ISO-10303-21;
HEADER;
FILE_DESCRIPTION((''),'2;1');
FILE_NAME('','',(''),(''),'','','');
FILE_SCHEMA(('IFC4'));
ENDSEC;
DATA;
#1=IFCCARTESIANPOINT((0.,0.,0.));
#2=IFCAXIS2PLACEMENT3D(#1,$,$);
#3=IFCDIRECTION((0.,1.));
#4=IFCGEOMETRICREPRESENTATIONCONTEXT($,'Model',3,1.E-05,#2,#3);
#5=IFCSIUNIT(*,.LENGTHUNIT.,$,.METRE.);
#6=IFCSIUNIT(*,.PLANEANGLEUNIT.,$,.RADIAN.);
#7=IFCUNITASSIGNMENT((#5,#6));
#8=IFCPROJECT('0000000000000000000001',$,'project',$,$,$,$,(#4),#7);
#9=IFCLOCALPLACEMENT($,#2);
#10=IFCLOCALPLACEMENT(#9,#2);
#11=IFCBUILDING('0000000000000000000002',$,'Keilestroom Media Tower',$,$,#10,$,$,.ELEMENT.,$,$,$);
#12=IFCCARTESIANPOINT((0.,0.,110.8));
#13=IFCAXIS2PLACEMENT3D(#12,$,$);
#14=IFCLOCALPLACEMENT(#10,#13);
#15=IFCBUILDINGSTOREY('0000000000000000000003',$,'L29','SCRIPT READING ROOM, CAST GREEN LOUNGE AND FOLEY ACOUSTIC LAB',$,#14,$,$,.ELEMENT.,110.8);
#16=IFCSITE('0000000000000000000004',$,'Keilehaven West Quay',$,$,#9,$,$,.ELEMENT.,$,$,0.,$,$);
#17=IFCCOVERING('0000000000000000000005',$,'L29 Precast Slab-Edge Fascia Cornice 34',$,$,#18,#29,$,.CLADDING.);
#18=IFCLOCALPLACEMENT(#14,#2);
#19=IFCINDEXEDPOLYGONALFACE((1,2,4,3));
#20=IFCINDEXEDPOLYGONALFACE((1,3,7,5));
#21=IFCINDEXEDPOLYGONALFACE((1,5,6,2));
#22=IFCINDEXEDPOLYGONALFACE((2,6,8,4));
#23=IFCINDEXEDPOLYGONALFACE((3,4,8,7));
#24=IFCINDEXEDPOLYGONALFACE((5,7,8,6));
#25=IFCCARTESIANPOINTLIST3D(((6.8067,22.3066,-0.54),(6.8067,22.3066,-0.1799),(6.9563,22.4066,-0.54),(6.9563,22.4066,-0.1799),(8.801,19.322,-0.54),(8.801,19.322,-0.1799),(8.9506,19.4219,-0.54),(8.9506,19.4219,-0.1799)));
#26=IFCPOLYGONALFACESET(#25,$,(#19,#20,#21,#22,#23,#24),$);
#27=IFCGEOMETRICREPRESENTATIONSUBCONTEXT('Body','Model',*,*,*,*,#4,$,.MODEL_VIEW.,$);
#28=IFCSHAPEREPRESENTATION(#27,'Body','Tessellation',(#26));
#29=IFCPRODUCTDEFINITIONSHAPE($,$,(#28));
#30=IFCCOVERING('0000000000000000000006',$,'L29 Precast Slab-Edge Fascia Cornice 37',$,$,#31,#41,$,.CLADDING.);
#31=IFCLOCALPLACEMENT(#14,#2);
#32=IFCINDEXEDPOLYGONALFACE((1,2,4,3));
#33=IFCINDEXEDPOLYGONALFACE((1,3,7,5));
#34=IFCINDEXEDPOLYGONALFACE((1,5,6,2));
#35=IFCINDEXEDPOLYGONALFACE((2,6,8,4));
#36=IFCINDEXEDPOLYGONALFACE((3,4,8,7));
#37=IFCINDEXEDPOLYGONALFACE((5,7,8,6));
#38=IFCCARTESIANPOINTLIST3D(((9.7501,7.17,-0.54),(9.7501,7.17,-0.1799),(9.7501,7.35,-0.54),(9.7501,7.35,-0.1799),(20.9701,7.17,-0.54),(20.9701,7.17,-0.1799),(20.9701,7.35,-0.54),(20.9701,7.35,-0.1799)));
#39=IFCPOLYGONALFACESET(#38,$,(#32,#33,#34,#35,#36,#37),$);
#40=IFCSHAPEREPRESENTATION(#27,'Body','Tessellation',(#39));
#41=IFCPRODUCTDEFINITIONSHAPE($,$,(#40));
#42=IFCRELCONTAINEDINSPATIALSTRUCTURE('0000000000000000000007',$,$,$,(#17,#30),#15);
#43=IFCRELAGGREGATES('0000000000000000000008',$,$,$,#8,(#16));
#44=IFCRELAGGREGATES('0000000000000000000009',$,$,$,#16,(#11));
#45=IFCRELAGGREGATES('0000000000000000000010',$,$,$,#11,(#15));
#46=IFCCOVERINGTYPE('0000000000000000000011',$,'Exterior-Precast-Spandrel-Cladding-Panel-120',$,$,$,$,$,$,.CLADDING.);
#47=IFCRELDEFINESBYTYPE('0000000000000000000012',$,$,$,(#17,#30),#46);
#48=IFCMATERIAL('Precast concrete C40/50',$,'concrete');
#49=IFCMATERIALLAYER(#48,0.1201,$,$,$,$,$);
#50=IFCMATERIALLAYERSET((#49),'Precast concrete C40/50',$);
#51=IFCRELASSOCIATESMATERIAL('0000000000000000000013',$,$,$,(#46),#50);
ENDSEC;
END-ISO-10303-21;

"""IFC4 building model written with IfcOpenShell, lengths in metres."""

from ifc_helpers import new_model, si_unit, direction, frame, origin, origin_2d, place, context, subcontext, project, spatial, rectangle, extrude, source, transform, mapped, material, layer, layer_set, type_object, element, save


model = new_model("IFC4")

# Units and contexts
model_context = context("Model", 3, precision=1e-05, world=origin(), true_north=direction((0.0, 1.0)))
body_context = subcontext(model_context, "Body", "Model", "MODEL_VIEW")
ifc_project = project(units=[si_unit("LENGTHUNIT", "METRE"), si_unit("PLANEANGLEUNIT", "RADIAN")], contexts=[model_context])

# Site, building, storey
site_placement = place(None, origin())
site = spatial("IfcSite", under=ifc_project, at=site_placement, Name="Keilehaven West Quay", CompositionType="ELEMENT", RefElevation=0.0)
building_placement = place(site_placement, origin())
building = spatial("IfcBuilding", under=site, at=building_placement, Name="Keilestroom Media Tower", CompositionType="ELEMENT")
storey_placement = place(building_placement, frame((0.0, 0.0, 110.8)))
storey = spatial("IfcBuildingStorey", under=building, at=storey_placement, Name="L29", Description="SCRIPT READING ROOM, CAST GREEN LOUNGE AND FOLEY ACOUSTIC LAB", CompositionType="ELEMENT", Elevation=110.8)

# Shared definitions
ifc_material_1 = material(Name="Precast concrete C40/50", Category="concrete")

# Coverings
ifc_layer_1 = layer(ifc_material_1, 0.1201)
ifc_layer_set_1 = layer_set([ifc_layer_1], Name="Precast concrete C40/50")
covering_type = type_object("IfcCoveringType", Name="Exterior-Precast-Spandrel-Cladding-Panel-120", PredefinedType="CLADDING", material=ifc_layer_set_1)
shared_shape_1 = source(origin(), body_context, "Body", "SweptSolid", [
    extrude(rectangle(XDim=3.5896, YDim=0.1799, at=origin_2d()), origin(), (0.0, 0.0, 1.0), 0.3601),
])
covering_1_placement = place(storey_placement, frame((7.8787, 20.8643, -0.54), z_axis=(0.0, 0.0, 1.0), x_axis=(0.555575, -0.831467, 0.0)))
element("IfcCovering", 1, at=covering_1_placement, inside=storey, type_object=covering_type, Name="L29 Precast Slab-Edge Fascia Cornice 34", PredefinedType="CLADDING", context=body_context, shape_type="MappedRepresentation", body=[
    mapped(shared_shape_1, transform((0.0, 0.0, 0.0), x_axis=(1.0, 0.0, 0.0), y_axis=(0.0, 1.0, 0.0), z_axis=(0.0, 0.0, 1.0), scale=1.0)),
])
shared_shape_2 = source(origin(), body_context, "Body", "SweptSolid", [
    extrude(rectangle(XDim=11.22, YDim=0.1799, at=origin_2d()), origin(), (0.0, 0.0, 1.0), 0.3601),
])
covering_2_placement = place(storey_placement, frame((15.3601, 7.26, -0.54), z_axis=(0.0, 0.0, 1.0), x_axis=(1.0, 0.0, 0.0)))
element("IfcCovering", 2, at=covering_2_placement, inside=storey, type_object=covering_type, Name="L29 Precast Slab-Edge Fascia Cornice 37", PredefinedType="CLADDING", context=body_context, shape_type="MappedRepresentation", body=[
    mapped(shared_shape_2, transform((0.0, 0.0, 0.0), x_axis=(1.0, 0.0, 0.0), y_axis=(0.0, 1.0, 0.0), z_axis=(0.0, 0.0, 1.0), scale=1.0)),
])

save(model, "model.ifc")
